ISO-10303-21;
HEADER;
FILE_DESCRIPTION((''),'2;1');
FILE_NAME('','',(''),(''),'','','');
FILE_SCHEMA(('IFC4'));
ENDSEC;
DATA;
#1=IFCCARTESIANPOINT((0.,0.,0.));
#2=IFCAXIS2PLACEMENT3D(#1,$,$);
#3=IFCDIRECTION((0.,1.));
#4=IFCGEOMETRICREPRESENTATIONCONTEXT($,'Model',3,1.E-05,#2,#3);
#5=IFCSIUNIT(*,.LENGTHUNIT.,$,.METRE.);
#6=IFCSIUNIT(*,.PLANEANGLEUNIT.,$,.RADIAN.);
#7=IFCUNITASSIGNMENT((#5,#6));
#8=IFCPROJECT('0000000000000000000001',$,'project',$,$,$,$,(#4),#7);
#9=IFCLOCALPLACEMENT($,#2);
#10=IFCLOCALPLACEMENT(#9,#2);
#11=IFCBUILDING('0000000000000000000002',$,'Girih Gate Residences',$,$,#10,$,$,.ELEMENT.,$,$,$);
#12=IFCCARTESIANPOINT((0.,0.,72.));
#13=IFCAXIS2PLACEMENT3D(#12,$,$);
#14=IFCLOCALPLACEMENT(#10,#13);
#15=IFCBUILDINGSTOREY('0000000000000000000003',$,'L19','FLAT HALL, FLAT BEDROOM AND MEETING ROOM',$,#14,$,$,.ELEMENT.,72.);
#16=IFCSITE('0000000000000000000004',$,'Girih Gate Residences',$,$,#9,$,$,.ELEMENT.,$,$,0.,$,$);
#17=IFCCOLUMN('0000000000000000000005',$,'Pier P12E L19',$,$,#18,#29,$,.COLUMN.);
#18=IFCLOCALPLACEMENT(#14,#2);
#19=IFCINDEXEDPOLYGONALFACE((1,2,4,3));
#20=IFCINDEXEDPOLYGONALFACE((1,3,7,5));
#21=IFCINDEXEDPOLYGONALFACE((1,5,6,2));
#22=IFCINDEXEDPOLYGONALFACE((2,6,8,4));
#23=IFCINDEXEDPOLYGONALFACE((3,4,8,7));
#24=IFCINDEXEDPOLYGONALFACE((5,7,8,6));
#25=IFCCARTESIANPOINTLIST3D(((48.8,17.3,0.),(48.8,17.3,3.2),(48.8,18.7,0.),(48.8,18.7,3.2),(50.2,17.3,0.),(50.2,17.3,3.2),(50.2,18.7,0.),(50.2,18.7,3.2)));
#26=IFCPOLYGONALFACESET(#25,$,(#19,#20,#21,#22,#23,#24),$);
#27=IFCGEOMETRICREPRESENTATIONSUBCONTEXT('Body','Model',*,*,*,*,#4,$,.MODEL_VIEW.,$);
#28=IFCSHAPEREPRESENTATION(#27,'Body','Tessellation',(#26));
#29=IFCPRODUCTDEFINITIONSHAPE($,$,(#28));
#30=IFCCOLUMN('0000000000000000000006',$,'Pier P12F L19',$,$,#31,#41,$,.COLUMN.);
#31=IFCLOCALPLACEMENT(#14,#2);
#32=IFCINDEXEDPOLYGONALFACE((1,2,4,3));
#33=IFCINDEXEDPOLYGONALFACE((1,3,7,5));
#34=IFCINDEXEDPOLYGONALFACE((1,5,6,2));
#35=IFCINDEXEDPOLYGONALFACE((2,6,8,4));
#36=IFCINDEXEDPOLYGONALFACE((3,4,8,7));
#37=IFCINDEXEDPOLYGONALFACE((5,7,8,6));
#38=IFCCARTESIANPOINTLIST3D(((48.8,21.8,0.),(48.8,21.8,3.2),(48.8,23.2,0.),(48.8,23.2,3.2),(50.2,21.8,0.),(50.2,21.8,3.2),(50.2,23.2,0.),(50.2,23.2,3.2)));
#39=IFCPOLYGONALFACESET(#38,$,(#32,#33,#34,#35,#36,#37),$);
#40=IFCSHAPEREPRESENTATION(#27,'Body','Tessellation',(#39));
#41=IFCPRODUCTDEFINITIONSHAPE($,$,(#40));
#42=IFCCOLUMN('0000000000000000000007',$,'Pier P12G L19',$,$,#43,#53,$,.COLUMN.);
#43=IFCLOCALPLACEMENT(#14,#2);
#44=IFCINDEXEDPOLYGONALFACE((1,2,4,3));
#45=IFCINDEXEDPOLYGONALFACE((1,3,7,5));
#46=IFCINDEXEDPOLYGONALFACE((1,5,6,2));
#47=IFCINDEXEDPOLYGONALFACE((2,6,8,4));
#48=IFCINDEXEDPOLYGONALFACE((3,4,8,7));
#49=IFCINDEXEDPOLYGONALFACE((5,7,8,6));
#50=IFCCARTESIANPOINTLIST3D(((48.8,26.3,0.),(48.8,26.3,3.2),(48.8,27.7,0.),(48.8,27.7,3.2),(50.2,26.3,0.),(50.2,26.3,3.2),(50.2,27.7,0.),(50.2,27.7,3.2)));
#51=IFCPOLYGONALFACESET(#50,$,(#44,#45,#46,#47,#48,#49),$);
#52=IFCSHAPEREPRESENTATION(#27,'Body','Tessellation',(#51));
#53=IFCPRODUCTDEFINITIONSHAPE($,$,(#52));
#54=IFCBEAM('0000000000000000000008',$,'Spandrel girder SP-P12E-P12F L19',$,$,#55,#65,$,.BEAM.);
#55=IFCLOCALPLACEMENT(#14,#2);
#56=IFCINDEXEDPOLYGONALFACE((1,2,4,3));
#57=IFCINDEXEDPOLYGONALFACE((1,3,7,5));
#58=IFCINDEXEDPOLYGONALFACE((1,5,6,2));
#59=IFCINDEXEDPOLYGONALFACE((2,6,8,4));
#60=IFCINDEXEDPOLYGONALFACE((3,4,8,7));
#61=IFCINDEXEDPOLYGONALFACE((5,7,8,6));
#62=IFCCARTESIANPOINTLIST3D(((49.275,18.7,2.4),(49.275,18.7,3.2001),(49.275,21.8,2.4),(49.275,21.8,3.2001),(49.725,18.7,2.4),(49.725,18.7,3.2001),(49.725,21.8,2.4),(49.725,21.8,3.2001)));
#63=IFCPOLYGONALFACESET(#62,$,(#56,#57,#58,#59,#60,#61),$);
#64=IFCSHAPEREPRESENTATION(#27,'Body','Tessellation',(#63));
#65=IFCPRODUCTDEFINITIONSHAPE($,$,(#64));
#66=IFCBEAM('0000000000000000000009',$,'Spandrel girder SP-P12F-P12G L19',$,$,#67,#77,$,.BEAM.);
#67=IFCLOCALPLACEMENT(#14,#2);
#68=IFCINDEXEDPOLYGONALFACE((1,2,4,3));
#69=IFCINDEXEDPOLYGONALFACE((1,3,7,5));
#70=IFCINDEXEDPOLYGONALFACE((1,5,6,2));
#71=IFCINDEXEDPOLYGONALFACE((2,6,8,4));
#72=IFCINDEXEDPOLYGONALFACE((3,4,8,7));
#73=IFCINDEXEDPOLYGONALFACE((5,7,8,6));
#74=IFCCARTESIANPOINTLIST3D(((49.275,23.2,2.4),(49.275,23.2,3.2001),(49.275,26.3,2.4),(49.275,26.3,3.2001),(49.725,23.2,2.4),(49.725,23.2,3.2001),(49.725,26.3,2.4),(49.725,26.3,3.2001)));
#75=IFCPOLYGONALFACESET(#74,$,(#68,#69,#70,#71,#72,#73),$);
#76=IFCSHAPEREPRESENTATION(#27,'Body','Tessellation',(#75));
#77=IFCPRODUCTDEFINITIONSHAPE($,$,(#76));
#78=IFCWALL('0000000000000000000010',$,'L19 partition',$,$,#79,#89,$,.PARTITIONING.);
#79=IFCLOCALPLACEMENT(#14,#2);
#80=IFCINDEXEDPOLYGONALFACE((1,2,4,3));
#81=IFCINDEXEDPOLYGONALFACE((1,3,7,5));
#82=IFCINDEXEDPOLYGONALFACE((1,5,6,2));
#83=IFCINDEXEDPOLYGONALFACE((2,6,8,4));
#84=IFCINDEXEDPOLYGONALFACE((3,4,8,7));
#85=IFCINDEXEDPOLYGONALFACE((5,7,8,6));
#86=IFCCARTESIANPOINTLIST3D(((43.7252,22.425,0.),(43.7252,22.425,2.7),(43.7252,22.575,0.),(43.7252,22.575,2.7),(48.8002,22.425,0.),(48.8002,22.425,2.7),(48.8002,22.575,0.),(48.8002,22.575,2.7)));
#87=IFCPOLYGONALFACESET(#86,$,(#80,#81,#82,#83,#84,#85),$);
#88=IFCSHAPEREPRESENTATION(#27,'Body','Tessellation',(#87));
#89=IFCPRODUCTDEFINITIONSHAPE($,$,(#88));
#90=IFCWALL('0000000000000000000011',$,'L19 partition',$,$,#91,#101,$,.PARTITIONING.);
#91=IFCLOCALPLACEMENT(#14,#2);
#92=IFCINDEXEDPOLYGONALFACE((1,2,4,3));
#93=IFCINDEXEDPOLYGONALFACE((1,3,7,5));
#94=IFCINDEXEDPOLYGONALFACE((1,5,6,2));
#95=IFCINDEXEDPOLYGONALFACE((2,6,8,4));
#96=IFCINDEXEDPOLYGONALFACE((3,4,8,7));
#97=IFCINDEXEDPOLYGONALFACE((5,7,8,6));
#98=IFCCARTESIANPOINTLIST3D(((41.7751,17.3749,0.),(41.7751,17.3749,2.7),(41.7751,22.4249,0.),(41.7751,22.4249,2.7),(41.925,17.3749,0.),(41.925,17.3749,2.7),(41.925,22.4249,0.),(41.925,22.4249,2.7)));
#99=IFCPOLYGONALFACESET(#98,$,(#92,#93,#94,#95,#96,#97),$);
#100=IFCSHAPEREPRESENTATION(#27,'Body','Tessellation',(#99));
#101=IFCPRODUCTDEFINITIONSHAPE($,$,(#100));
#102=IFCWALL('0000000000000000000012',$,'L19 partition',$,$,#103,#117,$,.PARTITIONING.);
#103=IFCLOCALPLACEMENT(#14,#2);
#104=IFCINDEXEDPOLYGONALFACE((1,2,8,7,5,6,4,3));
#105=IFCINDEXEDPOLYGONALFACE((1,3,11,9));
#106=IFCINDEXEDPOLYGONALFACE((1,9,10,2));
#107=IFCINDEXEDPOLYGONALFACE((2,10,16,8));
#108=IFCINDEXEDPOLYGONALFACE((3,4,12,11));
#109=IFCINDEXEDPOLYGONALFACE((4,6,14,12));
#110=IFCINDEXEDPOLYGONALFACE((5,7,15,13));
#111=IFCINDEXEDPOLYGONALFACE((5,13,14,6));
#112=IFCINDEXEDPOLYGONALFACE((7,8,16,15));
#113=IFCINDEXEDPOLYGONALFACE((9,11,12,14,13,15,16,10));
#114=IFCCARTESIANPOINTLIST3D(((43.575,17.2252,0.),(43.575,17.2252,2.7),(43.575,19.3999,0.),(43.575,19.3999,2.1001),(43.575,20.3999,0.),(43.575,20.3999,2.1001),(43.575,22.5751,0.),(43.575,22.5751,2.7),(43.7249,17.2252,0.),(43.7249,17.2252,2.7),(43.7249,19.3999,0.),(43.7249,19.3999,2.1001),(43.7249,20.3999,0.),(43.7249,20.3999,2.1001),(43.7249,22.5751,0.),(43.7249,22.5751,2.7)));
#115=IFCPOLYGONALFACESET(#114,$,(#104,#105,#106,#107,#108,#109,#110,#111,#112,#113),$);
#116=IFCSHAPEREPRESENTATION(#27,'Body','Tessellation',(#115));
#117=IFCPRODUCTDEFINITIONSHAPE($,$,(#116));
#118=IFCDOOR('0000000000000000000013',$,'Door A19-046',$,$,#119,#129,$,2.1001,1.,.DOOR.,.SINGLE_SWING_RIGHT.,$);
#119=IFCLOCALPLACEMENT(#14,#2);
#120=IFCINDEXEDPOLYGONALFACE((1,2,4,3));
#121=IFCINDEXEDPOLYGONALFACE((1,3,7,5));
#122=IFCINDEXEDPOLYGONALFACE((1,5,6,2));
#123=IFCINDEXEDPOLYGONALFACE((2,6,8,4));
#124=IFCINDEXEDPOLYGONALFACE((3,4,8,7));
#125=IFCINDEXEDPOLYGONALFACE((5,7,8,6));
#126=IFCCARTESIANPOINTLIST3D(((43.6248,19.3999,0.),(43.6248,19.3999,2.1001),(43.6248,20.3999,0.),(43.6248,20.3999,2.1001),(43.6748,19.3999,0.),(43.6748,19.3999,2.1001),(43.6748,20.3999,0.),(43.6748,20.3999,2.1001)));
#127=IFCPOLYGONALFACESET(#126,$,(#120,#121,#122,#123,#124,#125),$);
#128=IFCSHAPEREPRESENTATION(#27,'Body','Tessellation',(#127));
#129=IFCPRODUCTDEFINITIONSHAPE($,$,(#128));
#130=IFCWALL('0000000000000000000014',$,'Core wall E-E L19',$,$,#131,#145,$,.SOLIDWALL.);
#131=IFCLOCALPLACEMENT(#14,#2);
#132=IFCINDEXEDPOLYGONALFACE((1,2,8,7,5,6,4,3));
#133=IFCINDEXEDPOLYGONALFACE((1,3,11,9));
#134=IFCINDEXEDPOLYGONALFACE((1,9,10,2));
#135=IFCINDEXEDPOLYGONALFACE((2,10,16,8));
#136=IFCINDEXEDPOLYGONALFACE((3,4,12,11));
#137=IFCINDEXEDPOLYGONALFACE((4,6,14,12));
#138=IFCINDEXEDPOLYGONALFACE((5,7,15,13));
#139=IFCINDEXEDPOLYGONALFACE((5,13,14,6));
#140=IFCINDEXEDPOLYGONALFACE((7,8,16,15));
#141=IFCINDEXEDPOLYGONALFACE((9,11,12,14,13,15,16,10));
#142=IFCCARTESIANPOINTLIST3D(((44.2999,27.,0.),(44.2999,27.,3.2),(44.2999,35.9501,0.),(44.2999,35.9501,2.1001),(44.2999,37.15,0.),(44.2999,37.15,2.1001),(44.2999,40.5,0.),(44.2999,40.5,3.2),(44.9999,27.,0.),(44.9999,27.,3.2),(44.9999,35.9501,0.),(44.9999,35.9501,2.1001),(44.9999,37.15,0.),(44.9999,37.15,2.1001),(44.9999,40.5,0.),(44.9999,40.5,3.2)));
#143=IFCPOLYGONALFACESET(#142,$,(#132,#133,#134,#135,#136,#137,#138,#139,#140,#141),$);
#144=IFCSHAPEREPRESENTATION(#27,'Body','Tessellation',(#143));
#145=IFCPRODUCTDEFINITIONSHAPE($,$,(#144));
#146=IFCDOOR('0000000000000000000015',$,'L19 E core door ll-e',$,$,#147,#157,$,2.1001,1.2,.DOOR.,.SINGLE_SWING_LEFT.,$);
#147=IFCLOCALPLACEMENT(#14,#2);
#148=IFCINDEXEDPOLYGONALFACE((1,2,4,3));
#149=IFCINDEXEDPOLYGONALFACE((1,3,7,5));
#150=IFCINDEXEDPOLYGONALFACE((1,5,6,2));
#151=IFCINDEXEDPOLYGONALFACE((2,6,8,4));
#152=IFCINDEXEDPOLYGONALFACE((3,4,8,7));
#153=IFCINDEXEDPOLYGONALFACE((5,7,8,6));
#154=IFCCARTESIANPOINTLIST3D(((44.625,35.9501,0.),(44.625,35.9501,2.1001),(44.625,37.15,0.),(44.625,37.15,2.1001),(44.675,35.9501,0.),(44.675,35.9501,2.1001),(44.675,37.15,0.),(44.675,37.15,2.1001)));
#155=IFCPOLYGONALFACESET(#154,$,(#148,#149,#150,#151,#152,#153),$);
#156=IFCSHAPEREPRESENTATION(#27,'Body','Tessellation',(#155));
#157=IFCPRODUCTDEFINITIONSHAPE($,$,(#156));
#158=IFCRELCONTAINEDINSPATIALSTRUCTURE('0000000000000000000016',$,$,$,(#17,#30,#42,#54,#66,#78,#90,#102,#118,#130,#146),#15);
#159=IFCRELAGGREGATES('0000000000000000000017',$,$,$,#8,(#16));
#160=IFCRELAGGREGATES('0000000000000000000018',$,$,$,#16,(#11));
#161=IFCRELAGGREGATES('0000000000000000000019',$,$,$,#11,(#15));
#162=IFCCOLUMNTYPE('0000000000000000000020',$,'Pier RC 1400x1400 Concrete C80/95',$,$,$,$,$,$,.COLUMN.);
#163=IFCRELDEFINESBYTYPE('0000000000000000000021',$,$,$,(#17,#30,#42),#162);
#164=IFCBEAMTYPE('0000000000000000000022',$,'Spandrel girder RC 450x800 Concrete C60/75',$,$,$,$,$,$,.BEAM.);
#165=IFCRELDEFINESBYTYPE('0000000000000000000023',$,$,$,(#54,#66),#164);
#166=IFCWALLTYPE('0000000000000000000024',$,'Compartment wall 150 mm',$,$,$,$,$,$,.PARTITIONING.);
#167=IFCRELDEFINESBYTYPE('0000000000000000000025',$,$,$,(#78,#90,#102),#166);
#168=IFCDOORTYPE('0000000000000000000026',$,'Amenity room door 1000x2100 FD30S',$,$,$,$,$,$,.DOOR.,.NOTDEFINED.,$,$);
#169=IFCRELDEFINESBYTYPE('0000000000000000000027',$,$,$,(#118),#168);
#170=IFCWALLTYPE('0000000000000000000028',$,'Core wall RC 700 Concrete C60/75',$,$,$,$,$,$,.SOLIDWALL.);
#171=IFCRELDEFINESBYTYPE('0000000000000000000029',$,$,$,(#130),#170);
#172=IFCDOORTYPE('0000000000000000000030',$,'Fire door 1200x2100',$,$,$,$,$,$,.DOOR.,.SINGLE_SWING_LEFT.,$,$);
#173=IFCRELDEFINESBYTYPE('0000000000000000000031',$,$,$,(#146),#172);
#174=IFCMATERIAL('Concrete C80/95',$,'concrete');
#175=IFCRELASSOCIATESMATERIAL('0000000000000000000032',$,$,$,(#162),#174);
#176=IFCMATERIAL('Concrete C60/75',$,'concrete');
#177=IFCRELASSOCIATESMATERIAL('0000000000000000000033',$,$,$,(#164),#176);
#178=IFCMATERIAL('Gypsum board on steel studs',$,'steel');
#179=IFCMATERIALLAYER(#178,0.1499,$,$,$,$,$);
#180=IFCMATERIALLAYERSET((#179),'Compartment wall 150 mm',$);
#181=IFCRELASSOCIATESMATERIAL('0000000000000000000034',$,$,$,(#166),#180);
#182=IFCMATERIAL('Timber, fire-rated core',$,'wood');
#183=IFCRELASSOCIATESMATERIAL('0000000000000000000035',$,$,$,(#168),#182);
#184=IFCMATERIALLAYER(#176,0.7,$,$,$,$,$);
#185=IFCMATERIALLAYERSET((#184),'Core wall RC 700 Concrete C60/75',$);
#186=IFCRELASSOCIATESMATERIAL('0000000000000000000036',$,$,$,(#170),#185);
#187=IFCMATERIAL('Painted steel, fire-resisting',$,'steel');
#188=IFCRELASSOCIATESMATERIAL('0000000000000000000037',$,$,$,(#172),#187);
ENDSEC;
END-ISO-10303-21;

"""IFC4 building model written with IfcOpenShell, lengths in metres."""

from ifc_helpers import new_model, si_unit, direction, frame, frame_2d, origin, origin_2d, place, context, subcontext, project, spatial, rectangle, extrude, material, layer, layer_set, material_profile, profile_set, type_object, element, fill, save


model = new_model("IFC4")

# Units and contexts
model_context = context("Model", 3, precision=1e-05, world=origin(), true_north=direction((0.0, 1.0)))
body_context = subcontext(model_context, "Body", "Model", "MODEL_VIEW")
ifc_project = project(units=[si_unit("LENGTHUNIT", "METRE"), si_unit("PLANEANGLEUNIT", "RADIAN")], contexts=[model_context])

# Site, building, storey
site_placement = place(None, origin())
site = spatial("IfcSite", under=ifc_project, at=site_placement, Name="Girih Gate Residences", CompositionType="ELEMENT", RefElevation=0.0)
building_placement = place(site_placement, origin())
building = spatial("IfcBuilding", under=site, at=building_placement, Name="Girih Gate Residences", CompositionType="ELEMENT")
storey_placement = place(building_placement, frame((0.0, 0.0, 72.0)))
storey = spatial("IfcBuildingStorey", under=building, at=storey_placement, Name="L19", Description="FLAT HALL, FLAT BEDROOM AND MEETING ROOM", CompositionType="ELEMENT", Elevation=72.0)

# Columns
ifc_material_1 = material(Name="Concrete C80/95", Category="concrete")
ifc_material_profile_1 = material_profile(ifc_material_1, rectangle(XDim=1.3999, YDim=1.3999, at=origin_2d()))
ifc_profile_set_1 = profile_set([ifc_material_profile_1], Name="Concrete C80/95")
column_type = type_object("IfcColumnType", Name="Pier RC 1400x1400 Concrete C80/95", PredefinedType="COLUMN", material=ifc_profile_set_1)
for number, where, z_axis, x_axis, name in (
    (1, (49.5, 18.0, 0.0), (0.0, 0.0, 1.0), (1.0, 0.0, 0.0), "Pier P12E L19"),
    (2, (49.5, 22.5, 0.0), (0.0, 0.0, 1.0), (1.0, 0.0, 0.0), "Pier P12F L19"),
    (3, (49.5, 27.0, 0.0), (0.0, 0.0, 1.0), (1.0, 0.0, 0.0), "Pier P12G L19"),
):
    element("IfcColumn", number, at=place(storey_placement, frame(where, z_axis=z_axis, x_axis=x_axis)), inside=storey, type_object=column_type, Name=name, PredefinedType="COLUMN", context=body_context, shape_type="SweptSolid", body=[
        extrude(rectangle(XDim=1.3999, YDim=1.3999, at=origin_2d()), origin(), (0.0, 0.0, 1.0), 3.2),
    ])

# Beams
ifc_material_2 = material(Name="Concrete C60/75", Category="concrete")
ifc_material_profile_2 = material_profile(ifc_material_2, rectangle(XDim=0.45, YDim=0.8, at=origin_2d()))
ifc_profile_set_2 = profile_set([ifc_material_profile_2], Name="Concrete C60/75")
beam_type = type_object("IfcBeamType", Name="Spandrel girder RC 450x800 Concrete C60/75", PredefinedType="BEAM", material=ifc_profile_set_2)
for number, where, z_axis, x_axis, name in (
    (4, (49.5, 18.7, 2.8), (0.0, 1.0, 0.0), (-1.0, 0.0, 0.0), "Spandrel girder SP-P12E-P12F L19"),
    (5, (49.5, 23.2, 2.8), (0.0, 1.0, 0.0), (-1.0, 0.0, 0.0), "Spandrel girder SP-P12F-P12G L19"),
):
    element("IfcBeam", number, at=place(storey_placement, frame(where, z_axis=z_axis, x_axis=x_axis)), inside=storey, type_object=beam_type, Name=name, PredefinedType="BEAM", context=body_context, shape_type="SweptSolid", body=[
        extrude(rectangle(XDim=0.45, YDim=0.8, at=origin_2d()), origin(), (0.0, 0.0, 1.0), 3.1001),
    ])

# Walls
ifc_material_3 = material(Name="Gypsum board on steel studs", Category="steel")
ifc_layer_1 = layer(ifc_material_3, 0.1499)
ifc_layer_set_1 = layer_set([ifc_layer_1], Name="Compartment wall 150 mm")
wall_type_1 = type_object("IfcWallType", Name="Compartment wall 150 mm", PredefinedType="PARTITIONING", material=ifc_layer_set_1)
wall_1_placement = place(storey_placement, frame((43.7251, 22.5, 0.0), z_axis=(0.0, 0.0, 1.0), x_axis=(1.0, 0.0, 0.0)))
element("IfcWall", 6, at=wall_1_placement, inside=storey, type_object=wall_type_1, Name="L19 partition", PredefinedType="PARTITIONING", context=body_context, shape_type="SweptSolid", body=[
    extrude(rectangle(XDim=5.075, YDim=0.1499, at=frame_2d((2.5376, 0.0))), origin(), (0.0, 0.0, 1.0), 2.7),
])
wall_2_placement = place(storey_placement, frame((41.8501, 17.375, 0.0), z_axis=(0.0, 0.0, 1.0), x_axis=(0.0, 1.0, 0.0)))
element("IfcWall", 7, at=wall_2_placement, inside=storey, type_object=wall_type_1, Name="L19 partition", PredefinedType="PARTITIONING", context=body_context, shape_type="SweptSolid", body=[
    extrude(rectangle(XDim=5.05, YDim=0.1499, at=frame_2d((2.5249, 0.0))), origin(), (0.0, 0.0, 1.0), 2.7),
])

# Walls, openings, doors
wall_3_placement = place(storey_placement, frame((43.6499, 22.575, 0.0), z_axis=(0.0, 0.0, 1.0), x_axis=(0.0, -1.0, 0.0)))
wall_3 = element("IfcWall", 8, at=wall_3_placement, inside=storey, type_object=wall_type_1, Name="L19 partition", PredefinedType="PARTITIONING", context=body_context, shape_type="SweptSolid", body=[
    extrude(rectangle(XDim=5.3499, YDim=0.1499, at=frame_2d((2.6748, 0.0))), origin(), (0.0, 0.0, 1.0), 2.7),
])
opening_1_placement = place(wall_3_placement, frame((2.175, 0.0, 0.0)))
opening_1 = element("IfcOpeningElement", 9, at=opening_1_placement, cuts=wall_3, PredefinedType="OPENING", context=body_context, shape_type="SweptSolid", body=[
    extrude(rectangle(XDim=1.0, YDim=2.1001, at=frame_2d((0.5, 1.05))), frame((0.0, 0.085, 0.0), z_axis=(0.0, -1.0, 0.0), x_axis=(1.0, 0.0, 0.0)), (0.0, 0.0, 1.0), 0.1699),
])
ifc_material_4 = material(Name="Timber, fire-rated core", Category="wood")
door_type_1 = type_object("IfcDoorType", Name="Amenity room door 1000x2100 FD30S", OperationType="NOTDEFINED", PredefinedType="DOOR", material=ifc_material_4)
door_1_placement = place(opening_1_placement, origin())
door_1 = element("IfcDoor", 10, at=door_1_placement, inside=storey, type_object=door_type_1, Name="Door A19-046", OperationType="SINGLE_SWING_RIGHT", OverallHeight=2.1001, OverallWidth=1.0, PredefinedType="DOOR", context=body_context, shape_type="SweptSolid", body=[
    extrude(rectangle(XDim=1.0, YDim=2.1001, at=frame_2d((0.5, 1.05))), frame((0.0, 0.0249, 0.0), z_axis=(0.0, -1.0, 0.0), x_axis=(1.0, 0.0, 0.0)), (0.0, 0.0, 1.0), 0.05),
])
fill(opening_1, door_1)
ifc_layer_2 = layer(ifc_material_2, 0.7)
ifc_layer_set_2 = layer_set([ifc_layer_2], Name="Core wall RC 700 Concrete C60/75")
wall_type_2 = type_object("IfcWallType", Name="Core wall RC 700 Concrete C60/75", PredefinedType="SOLIDWALL", material=ifc_layer_set_2)
wall_4_placement = place(storey_placement, frame((44.6499, 27.0, 0.0), z_axis=(0.0, 0.0, 1.0), x_axis=(0.0, 1.0, 0.0)))
wall_4 = element("IfcWall", 11, at=wall_4_placement, inside=storey, type_object=wall_type_2, Name="Core wall E-E L19", PredefinedType="SOLIDWALL", context=body_context, shape_type="SweptSolid", body=[
    extrude(rectangle(XDim=13.5, YDim=0.7, at=frame_2d((6.75, 0.0))), origin(), (0.0, 0.0, 1.0), 3.2),
])
opening_2_placement = place(wall_4_placement, frame((8.95, 0.0, 0.0)))
opening_2 = element("IfcOpeningElement", 12, at=opening_2_placement, cuts=wall_4, PredefinedType="OPENING", context=body_context, shape_type="SweptSolid", body=[
    extrude(rectangle(XDim=1.2, YDim=2.1001, at=frame_2d((0.6001, 1.05))), frame((0.0, 0.3599, 0.0), z_axis=(0.0, -1.0, 0.0), x_axis=(1.0, 0.0, 0.0)), (0.0, 0.0, 1.0), 0.72),
])
ifc_material_5 = material(Name="Painted steel, fire-resisting", Category="steel")
door_type_2 = type_object("IfcDoorType", Name="Fire door 1200x2100", OperationType="SINGLE_SWING_LEFT", PredefinedType="DOOR", material=ifc_material_5)
door_2_placement = place(opening_2_placement, origin())
door_2 = element("IfcDoor", 13, at=door_2_placement, inside=storey, type_object=door_type_2, Name="L19 E core door ll-e", OperationType="SINGLE_SWING_LEFT", OverallHeight=2.1001, OverallWidth=1.2, PredefinedType="DOOR", context=body_context, shape_type="SweptSolid", body=[
    extrude(rectangle(XDim=1.2, YDim=2.1001, at=frame_2d((0.6001, 1.05))), frame((0.0, 0.0249, 0.0), z_axis=(0.0, -1.0, 0.0), x_axis=(1.0, 0.0, 0.0)), (0.0, 0.0, 1.0), 0.05),
])
fill(opening_2, door_2)

save(model, "model.ifc")
